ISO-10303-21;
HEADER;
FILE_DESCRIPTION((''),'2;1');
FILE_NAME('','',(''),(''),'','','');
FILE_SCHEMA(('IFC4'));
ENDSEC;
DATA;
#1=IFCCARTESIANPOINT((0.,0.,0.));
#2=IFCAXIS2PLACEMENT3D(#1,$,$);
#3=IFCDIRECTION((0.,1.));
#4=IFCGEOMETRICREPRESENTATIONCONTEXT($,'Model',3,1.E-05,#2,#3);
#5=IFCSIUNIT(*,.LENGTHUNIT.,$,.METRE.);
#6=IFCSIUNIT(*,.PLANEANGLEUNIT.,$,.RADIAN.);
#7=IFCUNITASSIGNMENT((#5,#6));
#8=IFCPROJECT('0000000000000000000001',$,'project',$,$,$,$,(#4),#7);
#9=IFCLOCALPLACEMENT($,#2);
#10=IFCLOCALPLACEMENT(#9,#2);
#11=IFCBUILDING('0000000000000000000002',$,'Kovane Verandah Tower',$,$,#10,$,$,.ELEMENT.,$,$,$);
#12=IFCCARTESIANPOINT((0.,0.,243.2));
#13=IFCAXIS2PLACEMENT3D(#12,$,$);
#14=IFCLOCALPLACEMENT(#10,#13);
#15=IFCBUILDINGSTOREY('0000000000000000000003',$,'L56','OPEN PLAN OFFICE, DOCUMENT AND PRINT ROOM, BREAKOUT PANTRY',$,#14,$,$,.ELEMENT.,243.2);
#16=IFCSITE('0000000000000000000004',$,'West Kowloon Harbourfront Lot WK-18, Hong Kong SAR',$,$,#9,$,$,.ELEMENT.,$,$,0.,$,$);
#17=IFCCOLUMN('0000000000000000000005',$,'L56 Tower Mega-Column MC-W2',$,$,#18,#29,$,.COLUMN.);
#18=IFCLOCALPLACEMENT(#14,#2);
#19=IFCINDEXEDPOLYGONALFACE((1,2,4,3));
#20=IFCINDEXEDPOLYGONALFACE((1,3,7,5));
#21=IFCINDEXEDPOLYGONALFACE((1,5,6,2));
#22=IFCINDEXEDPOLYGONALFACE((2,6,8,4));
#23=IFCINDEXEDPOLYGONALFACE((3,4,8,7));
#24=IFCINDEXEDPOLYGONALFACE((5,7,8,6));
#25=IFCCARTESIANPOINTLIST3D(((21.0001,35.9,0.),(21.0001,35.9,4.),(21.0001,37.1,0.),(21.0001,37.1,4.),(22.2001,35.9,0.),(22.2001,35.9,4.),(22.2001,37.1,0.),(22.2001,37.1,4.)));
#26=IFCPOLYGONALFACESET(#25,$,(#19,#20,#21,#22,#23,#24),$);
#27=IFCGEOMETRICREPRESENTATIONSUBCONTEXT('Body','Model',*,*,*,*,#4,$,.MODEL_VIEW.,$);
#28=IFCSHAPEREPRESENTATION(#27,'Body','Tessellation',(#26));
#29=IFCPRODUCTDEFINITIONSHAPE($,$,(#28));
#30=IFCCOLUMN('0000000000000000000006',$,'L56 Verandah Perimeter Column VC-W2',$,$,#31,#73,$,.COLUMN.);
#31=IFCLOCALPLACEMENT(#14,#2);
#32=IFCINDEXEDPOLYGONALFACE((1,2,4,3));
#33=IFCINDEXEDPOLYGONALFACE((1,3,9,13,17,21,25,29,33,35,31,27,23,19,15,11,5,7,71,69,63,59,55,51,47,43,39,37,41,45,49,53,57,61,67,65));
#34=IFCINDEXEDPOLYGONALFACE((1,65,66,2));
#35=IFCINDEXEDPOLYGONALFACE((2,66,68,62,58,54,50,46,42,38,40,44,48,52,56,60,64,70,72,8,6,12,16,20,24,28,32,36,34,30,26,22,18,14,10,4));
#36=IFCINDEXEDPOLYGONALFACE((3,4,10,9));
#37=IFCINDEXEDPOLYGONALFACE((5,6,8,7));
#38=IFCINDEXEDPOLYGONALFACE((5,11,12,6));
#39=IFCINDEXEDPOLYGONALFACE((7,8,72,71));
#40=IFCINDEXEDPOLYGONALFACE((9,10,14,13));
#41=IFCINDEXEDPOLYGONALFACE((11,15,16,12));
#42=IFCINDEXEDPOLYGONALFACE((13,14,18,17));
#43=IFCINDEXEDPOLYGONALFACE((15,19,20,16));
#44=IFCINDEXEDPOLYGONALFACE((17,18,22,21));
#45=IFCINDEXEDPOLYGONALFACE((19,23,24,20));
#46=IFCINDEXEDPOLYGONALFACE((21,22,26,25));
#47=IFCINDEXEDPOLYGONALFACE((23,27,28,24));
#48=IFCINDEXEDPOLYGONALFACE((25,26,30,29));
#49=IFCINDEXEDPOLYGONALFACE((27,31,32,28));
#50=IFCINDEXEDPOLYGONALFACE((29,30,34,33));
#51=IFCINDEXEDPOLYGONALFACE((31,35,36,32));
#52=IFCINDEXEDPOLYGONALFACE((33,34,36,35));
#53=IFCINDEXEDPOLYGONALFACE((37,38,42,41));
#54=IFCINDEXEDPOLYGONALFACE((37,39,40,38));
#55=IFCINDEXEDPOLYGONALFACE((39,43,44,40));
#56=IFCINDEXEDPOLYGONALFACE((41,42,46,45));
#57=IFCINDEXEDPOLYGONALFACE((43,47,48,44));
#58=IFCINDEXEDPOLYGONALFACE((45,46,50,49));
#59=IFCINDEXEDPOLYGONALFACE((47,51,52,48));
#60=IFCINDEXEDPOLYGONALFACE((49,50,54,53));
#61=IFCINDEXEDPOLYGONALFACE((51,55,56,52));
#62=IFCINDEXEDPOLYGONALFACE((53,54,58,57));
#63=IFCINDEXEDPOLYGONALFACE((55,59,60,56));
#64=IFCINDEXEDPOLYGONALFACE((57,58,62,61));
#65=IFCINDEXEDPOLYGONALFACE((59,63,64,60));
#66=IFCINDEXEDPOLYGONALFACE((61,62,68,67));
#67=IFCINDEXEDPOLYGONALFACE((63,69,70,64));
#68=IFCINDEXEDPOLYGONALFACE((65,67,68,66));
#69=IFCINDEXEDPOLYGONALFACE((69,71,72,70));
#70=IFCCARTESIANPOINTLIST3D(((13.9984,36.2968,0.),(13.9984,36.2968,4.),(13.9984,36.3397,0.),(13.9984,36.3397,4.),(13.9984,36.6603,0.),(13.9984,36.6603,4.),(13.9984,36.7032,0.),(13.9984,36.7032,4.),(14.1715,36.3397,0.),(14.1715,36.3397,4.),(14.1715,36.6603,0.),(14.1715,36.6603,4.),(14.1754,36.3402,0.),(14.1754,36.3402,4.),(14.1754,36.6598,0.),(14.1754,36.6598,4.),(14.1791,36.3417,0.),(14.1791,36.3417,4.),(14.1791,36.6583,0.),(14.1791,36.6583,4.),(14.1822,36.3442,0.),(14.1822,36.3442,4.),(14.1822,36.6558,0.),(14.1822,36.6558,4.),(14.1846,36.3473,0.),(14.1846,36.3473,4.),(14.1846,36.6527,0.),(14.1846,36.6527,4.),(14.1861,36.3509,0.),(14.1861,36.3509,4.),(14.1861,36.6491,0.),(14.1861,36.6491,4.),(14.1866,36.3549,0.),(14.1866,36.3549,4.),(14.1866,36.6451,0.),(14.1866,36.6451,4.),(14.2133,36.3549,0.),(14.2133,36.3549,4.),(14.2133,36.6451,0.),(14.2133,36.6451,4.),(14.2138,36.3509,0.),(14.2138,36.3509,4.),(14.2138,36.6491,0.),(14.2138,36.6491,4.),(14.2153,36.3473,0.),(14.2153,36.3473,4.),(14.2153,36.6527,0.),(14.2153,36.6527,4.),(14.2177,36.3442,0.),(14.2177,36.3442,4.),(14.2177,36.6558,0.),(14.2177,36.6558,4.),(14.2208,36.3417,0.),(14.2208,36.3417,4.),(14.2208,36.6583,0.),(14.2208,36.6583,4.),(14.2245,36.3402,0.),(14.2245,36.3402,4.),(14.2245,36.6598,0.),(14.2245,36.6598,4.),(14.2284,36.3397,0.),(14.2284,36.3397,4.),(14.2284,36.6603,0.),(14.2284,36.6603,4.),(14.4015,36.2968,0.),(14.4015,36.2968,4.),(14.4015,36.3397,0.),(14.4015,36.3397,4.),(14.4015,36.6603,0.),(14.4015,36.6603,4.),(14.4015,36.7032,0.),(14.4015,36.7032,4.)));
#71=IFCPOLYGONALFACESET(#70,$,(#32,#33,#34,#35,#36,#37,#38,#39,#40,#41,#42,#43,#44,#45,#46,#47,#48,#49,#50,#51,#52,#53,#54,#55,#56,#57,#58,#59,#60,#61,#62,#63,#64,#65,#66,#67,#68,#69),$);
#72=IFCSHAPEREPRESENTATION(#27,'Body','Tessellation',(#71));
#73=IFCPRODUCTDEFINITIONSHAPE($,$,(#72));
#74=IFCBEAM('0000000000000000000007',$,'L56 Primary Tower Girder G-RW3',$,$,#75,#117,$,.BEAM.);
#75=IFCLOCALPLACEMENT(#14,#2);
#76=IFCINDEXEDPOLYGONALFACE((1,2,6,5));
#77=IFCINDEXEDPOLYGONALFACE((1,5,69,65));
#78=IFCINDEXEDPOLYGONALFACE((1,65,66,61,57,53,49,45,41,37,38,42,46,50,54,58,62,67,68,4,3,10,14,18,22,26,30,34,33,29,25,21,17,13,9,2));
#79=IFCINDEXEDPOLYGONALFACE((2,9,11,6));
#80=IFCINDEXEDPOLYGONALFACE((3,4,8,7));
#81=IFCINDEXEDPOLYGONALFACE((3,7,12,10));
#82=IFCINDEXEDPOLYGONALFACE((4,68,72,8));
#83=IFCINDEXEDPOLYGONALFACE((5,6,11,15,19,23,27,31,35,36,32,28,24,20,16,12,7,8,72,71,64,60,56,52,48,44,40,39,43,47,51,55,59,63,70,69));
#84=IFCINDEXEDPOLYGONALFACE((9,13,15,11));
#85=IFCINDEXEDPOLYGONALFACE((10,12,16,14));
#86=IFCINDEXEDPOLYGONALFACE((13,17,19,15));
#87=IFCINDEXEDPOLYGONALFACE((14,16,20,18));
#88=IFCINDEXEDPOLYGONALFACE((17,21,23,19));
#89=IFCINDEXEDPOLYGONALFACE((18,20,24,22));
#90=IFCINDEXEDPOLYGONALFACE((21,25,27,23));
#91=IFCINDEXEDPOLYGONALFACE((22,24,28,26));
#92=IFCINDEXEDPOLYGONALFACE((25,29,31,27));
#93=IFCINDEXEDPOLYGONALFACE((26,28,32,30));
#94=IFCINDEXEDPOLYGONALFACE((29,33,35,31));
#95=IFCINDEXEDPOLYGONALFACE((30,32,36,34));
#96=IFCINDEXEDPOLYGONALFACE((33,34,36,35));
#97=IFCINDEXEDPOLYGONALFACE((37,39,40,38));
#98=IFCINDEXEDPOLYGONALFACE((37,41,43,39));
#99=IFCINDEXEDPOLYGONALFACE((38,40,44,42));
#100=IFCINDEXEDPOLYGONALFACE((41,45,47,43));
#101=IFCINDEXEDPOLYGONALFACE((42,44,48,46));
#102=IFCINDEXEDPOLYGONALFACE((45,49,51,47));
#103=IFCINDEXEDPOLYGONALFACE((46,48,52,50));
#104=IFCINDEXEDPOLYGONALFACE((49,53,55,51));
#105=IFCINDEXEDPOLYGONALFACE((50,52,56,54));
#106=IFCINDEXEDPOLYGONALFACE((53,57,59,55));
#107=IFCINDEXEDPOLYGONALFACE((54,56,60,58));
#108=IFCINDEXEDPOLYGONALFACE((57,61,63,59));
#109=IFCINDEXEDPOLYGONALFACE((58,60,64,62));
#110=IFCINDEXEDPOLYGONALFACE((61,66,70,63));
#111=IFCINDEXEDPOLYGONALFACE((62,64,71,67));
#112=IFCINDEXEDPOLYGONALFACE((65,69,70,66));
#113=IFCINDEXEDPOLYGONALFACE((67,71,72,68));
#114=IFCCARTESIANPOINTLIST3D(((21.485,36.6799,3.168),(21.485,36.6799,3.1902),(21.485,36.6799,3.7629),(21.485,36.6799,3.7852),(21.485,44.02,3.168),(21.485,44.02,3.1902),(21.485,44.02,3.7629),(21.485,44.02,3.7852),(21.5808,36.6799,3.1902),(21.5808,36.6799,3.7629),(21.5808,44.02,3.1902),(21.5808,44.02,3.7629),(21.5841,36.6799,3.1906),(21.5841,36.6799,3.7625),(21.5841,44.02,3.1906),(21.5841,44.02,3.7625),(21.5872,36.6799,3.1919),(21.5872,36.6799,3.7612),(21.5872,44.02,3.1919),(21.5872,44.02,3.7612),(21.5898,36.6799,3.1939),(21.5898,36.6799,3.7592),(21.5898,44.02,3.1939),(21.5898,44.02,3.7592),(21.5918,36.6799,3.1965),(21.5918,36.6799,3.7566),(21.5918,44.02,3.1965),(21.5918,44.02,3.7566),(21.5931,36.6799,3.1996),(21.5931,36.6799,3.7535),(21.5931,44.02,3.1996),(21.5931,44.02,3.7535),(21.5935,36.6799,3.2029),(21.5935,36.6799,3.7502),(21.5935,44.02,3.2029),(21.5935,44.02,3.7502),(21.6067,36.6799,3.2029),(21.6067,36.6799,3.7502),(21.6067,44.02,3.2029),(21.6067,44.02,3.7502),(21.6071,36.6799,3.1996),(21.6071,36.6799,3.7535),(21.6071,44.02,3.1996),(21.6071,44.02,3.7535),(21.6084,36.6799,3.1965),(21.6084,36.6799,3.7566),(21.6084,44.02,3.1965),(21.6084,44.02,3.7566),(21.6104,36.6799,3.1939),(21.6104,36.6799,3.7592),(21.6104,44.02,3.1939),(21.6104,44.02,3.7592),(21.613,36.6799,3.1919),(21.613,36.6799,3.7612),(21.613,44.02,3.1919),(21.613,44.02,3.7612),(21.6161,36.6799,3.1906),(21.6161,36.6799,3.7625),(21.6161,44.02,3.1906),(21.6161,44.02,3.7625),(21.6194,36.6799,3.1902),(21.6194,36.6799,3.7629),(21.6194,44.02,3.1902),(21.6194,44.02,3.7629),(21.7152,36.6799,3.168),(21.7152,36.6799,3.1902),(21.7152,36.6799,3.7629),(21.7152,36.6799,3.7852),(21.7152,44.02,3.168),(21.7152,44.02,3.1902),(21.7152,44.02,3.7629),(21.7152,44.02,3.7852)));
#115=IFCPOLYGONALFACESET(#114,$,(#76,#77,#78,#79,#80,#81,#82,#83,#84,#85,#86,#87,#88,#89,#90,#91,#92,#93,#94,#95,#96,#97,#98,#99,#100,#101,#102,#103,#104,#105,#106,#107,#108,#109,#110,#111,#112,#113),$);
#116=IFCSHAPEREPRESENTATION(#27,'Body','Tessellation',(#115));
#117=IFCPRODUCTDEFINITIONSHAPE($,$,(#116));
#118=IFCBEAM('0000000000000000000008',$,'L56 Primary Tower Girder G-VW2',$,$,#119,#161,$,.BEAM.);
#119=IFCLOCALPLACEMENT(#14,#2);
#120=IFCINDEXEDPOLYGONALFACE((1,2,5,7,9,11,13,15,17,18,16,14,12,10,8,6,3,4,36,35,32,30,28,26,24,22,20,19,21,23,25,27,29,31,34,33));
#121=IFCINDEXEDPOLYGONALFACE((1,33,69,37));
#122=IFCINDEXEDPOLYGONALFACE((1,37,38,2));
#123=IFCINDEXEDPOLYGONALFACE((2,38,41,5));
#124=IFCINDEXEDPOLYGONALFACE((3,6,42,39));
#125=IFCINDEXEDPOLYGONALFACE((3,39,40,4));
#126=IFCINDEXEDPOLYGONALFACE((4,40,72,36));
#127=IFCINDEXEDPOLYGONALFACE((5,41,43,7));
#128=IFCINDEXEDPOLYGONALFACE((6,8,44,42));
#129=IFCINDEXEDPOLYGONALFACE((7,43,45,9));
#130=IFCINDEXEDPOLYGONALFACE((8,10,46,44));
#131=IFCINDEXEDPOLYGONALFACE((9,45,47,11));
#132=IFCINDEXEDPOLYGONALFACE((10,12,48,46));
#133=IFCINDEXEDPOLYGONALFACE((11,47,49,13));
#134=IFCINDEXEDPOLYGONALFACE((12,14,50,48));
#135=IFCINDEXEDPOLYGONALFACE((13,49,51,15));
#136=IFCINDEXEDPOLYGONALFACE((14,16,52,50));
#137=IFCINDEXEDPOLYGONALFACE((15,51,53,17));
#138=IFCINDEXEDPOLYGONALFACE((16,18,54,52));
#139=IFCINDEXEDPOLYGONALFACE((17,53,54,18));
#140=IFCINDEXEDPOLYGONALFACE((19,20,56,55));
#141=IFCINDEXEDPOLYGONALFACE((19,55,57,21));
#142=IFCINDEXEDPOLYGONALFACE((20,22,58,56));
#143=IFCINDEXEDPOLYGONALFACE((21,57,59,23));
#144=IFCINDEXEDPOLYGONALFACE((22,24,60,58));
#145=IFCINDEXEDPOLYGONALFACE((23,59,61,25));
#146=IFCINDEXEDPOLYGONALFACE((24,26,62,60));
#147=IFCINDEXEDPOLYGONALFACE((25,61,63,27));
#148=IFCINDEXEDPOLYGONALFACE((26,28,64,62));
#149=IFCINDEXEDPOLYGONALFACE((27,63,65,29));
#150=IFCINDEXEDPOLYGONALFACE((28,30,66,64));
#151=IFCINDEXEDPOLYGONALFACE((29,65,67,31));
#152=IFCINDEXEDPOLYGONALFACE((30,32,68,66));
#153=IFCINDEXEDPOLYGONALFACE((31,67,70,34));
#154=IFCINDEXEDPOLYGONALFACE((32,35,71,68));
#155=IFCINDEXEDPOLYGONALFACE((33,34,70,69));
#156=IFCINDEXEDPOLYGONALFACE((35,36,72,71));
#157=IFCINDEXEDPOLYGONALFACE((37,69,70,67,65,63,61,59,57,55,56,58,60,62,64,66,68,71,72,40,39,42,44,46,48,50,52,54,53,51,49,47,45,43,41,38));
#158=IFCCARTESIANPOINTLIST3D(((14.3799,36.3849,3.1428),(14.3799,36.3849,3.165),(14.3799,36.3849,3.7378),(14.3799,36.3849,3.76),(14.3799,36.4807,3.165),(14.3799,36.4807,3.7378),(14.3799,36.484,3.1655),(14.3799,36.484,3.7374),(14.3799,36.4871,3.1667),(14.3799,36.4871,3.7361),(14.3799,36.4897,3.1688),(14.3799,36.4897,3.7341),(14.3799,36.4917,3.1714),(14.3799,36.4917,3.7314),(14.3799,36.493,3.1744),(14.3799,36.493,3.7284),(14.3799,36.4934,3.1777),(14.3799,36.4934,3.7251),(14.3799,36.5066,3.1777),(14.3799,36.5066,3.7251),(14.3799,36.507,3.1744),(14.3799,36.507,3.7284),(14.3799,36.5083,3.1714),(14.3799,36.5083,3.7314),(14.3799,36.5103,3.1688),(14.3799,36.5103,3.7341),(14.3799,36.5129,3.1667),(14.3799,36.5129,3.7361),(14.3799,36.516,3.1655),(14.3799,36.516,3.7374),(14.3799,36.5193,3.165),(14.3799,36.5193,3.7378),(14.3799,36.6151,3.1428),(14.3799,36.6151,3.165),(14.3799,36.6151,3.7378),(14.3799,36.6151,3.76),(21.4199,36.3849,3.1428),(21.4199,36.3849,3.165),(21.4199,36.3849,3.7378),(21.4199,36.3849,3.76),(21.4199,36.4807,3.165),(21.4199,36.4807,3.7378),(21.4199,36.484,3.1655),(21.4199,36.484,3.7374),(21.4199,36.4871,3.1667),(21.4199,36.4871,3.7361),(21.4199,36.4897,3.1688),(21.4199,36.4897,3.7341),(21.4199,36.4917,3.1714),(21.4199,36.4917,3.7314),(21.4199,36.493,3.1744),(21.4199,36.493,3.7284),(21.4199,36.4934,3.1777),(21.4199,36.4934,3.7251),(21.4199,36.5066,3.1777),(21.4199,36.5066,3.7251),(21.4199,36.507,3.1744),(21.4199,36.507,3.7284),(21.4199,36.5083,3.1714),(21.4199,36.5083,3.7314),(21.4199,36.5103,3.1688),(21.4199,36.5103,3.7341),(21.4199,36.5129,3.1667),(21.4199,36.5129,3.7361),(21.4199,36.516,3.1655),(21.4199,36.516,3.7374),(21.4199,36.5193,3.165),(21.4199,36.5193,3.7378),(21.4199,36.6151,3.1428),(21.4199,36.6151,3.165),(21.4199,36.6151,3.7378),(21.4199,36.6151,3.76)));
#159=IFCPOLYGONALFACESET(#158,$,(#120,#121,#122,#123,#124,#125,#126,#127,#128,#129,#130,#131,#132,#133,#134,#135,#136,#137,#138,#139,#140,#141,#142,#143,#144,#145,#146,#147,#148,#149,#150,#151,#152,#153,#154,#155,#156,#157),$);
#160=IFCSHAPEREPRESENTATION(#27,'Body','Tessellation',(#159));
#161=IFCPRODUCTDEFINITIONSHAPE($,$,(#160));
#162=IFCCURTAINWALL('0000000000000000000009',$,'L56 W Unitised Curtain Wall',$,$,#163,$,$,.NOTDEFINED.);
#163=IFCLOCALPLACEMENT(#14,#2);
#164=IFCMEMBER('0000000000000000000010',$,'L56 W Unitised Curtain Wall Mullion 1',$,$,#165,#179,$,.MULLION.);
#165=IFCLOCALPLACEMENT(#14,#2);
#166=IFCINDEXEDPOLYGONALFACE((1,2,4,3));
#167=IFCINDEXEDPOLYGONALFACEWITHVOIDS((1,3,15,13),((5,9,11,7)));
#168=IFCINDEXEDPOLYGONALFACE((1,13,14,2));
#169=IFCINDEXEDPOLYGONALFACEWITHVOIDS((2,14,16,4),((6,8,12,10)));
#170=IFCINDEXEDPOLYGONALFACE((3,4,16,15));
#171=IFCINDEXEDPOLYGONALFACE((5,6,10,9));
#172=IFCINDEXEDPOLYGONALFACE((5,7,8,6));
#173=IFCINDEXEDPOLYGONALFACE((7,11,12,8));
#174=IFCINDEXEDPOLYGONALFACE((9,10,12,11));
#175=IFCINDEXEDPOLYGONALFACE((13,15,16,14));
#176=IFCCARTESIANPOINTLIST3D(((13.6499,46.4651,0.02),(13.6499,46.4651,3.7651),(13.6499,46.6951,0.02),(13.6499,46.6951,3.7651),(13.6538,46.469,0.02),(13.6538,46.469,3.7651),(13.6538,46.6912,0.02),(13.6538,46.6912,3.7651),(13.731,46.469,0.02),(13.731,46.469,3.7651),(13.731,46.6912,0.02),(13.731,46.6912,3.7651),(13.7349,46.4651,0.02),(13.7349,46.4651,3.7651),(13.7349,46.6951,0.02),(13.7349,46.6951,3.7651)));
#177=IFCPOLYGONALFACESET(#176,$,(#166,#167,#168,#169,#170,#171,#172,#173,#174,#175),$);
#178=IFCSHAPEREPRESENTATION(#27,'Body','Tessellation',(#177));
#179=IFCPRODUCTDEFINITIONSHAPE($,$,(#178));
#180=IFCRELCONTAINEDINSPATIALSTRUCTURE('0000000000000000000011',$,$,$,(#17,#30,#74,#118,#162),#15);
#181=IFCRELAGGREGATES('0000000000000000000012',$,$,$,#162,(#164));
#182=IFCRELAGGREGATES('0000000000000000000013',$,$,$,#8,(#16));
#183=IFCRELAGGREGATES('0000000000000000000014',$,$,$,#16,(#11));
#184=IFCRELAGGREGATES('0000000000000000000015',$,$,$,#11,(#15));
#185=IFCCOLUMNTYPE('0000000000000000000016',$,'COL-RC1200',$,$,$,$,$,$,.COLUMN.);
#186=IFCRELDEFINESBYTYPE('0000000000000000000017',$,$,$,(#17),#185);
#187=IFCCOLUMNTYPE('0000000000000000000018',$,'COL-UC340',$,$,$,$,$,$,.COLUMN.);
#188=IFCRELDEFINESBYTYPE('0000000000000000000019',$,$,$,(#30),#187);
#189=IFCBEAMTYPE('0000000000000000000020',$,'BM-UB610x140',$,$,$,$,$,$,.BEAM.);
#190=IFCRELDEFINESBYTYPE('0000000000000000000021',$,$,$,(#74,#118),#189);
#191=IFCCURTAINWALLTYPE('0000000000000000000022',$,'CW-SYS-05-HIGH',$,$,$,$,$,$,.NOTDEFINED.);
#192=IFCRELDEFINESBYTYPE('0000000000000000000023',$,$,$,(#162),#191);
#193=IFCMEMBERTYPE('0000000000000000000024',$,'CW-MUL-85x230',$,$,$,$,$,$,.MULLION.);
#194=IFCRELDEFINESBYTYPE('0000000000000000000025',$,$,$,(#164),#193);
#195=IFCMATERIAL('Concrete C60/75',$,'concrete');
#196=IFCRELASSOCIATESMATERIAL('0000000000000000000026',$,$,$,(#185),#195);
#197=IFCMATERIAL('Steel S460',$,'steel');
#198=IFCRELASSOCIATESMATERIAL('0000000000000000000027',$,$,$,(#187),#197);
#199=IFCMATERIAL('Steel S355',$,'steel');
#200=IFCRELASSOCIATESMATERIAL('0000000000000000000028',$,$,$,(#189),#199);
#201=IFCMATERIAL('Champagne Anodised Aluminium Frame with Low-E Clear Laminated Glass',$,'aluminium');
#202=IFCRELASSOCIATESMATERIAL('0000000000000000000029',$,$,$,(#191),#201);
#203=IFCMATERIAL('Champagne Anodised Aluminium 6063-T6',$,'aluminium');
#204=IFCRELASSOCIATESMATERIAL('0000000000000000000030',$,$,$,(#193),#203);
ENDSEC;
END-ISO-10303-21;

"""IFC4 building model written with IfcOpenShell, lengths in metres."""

from ifc_helpers import new_model, si_unit, direction, frame, origin, origin_2d, place, context, subcontext, project, spatial, rectangle, hollow_rectangle, i_section, extrude, material, material_profile, profile_set, type_object, element, aggregate, save


model = new_model("IFC4")

# Units and contexts
model_context = context("Model", 3, precision=1e-05, world=origin(), true_north=direction((0.0, 1.0)))
body_context = subcontext(model_context, "Body", "Model", "MODEL_VIEW")
ifc_project = project(units=[si_unit("LENGTHUNIT", "METRE"), si_unit("PLANEANGLEUNIT", "RADIAN")], contexts=[model_context])

# Site, building, storey
site_placement = place(None, origin())
site = spatial("IfcSite", under=ifc_project, at=site_placement, Name="West Kowloon Harbourfront Lot WK-18, Hong Kong SAR", CompositionType="ELEMENT", RefElevation=0.0)
building_placement = place(site_placement, origin())
building = spatial("IfcBuilding", under=site, at=building_placement, Name="Kovane Verandah Tower", CompositionType="ELEMENT")
storey_placement = place(building_placement, frame((0.0, 0.0, 243.2)))
storey = spatial("IfcBuildingStorey", under=building, at=storey_placement, Name="L56", Description="OPEN PLAN OFFICE, DOCUMENT AND PRINT ROOM, BREAKOUT PANTRY", CompositionType="ELEMENT", Elevation=243.2)

# Columns
ifc_material_1 = material(Name="Concrete C60/75", Category="concrete")
ifc_material_profile_1 = material_profile(ifc_material_1, rectangle(XDim=1.2, YDim=1.2, at=origin_2d()), Name="RC1200x1200")
ifc_profile_set_1 = profile_set([ifc_material_profile_1], Name="Concrete C60/75")
column_type_1 = type_object("IfcColumnType", Name="COL-RC1200", PredefinedType="COLUMN", material=ifc_profile_set_1)
column_1_placement = place(storey_placement, frame((21.6001, 36.5, 0.0), z_axis=(0.0, 0.0, 1.0), x_axis=(1.0, 0.0, 0.0)))
element("IfcColumn", 1, at=column_1_placement, inside=storey, type_object=column_type_1, Name="L56 Tower Mega-Column MC-W2", PredefinedType="COLUMN", context=body_context, shape_type="SweptSolid", body=[
    extrude(rectangle(XDim=1.2, YDim=1.2, at=origin_2d()), origin(), (0.0, 0.0, 1.0), 4.0),
])
ifc_material_2 = material(Name="Steel S460", Category="steel")
ifc_material_profile_2 = material_profile(ifc_material_2, i_section(OverallWidth=0.4031, OverallDepth=0.4065, WebThickness=0.0266, FlangeThickness=0.043, FilletRadius=0.0151, at=origin_2d()), Name="UC356x406x340")
ifc_profile_set_2 = profile_set([ifc_material_profile_2], Name="Steel S460")
column_type_2 = type_object("IfcColumnType", Name="COL-UC340", PredefinedType="COLUMN", material=ifc_profile_set_2)
column_2_placement = place(storey_placement, frame((14.2, 36.5, 0.0), z_axis=(0.0, 0.0, 1.0), x_axis=(1.0, 0.0, 0.0)))
element("IfcColumn", 2, at=column_2_placement, inside=storey, type_object=column_type_2, Name="L56 Verandah Perimeter Column VC-W2", PredefinedType="COLUMN", context=body_context, shape_type="SweptSolid", body=[
    extrude(i_section(OverallWidth=0.4031, OverallDepth=0.4065, WebThickness=0.0266, FlangeThickness=0.043, FilletRadius=0.0151, at=origin_2d()), origin(), (0.0, 0.0, 1.0), 4.0),
])

# Beams
ifc_material_3 = material(Name="Steel S355", Category="steel")
ifc_material_profile_3 = material_profile(ifc_material_3, i_section(OverallWidth=0.2302, OverallDepth=0.6172, WebThickness=0.0132, FlangeThickness=0.0222, FilletRadius=0.0127, at=origin_2d()), Name="UB610x229x140")
ifc_profile_set_3 = profile_set([ifc_material_profile_3], Name="Steel S355")
beam_type_1 = type_object("IfcBeamType", Name="BM-UB610x140", PredefinedType="BEAM", material=ifc_profile_set_3)
beam_1_placement = place(storey_placement, frame((21.6001, 36.6799, 3.4766), z_axis=(0.0, 1.0, 0.0), x_axis=(-1.0, 0.0, 0.0)))
element("IfcBeam", 3, at=beam_1_placement, inside=storey, type_object=beam_type_1, Name="L56 Primary Tower Girder G-RW3", PredefinedType="BEAM", context=body_context, shape_type="SweptSolid", body=[
    extrude(i_section(OverallWidth=0.2302, OverallDepth=0.6172, WebThickness=0.0132, FlangeThickness=0.0222, FilletRadius=0.0127, at=origin_2d()), origin(), (0.0, 0.0, 1.0), 7.3401),
])
beam_2_placement = place(storey_placement, frame((21.4199, 36.5, 3.4514), z_axis=(-1.0, 0.0, 0.0), x_axis=(0.0, -1.0, 0.0)))
element("IfcBeam", 4, at=beam_2_placement, inside=storey, type_object=beam_type_1, Name="L56 Primary Tower Girder G-VW2", PredefinedType="BEAM", context=body_context, shape_type="SweptSolid", body=[
    extrude(i_section(OverallWidth=0.2302, OverallDepth=0.6172, WebThickness=0.0132, FlangeThickness=0.0222, FilletRadius=0.0127, at=origin_2d()), origin(), (0.0, 0.0, 1.0), 7.04),
])

# Curtain wall, member
ifc_material_4 = material(Name="Champagne Anodised Aluminium Frame with Low-E Clear Laminated Glass", Category="aluminium")
curtain_wall_type = type_object("IfcCurtainWallType", Name="CW-SYS-05-HIGH", PredefinedType="NOTDEFINED", material=ifc_material_4)
curtain_wall_placement = place(storey_placement, origin())
curtain_wall = element("IfcCurtainWall", 5, at=curtain_wall_placement, inside=storey, type_object=curtain_wall_type, Name="L56 W Unitised Curtain Wall", PredefinedType="NOTDEFINED")
ifc_material_5 = material(Name="Champagne Anodised Aluminium 6063-T6", Category="aluminium")
ifc_material_profile_4 = material_profile(ifc_material_5, hollow_rectangle(XDim=0.085, YDim=0.23, WallThickness=0.0039, at=origin_2d()), Name="AL85x230x4")
ifc_profile_set_4 = profile_set([ifc_material_profile_4], Name="Champagne Anodised Aluminium 6063-T6")
member_type_1 = type_object("IfcMemberType", Name="CW-MUL-85x230", PredefinedType="MULLION", material=ifc_profile_set_4)
member_1_placement = place(storey_placement, frame((13.6924, 46.5801, 0.02), z_axis=(0.0, 0.0, 1.0), x_axis=(-1.0, 0.0, 0.0)))
member_1 = element("IfcMember", 6, at=member_1_placement, type_object=member_type_1, Name="L56 W Unitised Curtain Wall Mullion 1", PredefinedType="MULLION", context=body_context, shape_type="SweptSolid", body=[
    extrude(hollow_rectangle(XDim=0.085, YDim=0.23, WallThickness=0.0039, at=origin_2d()), origin(), (0.0, 0.0, 1.0), 3.7451),
])

aggregate(curtain_wall, [member_1])

save(model, "model.ifc")
